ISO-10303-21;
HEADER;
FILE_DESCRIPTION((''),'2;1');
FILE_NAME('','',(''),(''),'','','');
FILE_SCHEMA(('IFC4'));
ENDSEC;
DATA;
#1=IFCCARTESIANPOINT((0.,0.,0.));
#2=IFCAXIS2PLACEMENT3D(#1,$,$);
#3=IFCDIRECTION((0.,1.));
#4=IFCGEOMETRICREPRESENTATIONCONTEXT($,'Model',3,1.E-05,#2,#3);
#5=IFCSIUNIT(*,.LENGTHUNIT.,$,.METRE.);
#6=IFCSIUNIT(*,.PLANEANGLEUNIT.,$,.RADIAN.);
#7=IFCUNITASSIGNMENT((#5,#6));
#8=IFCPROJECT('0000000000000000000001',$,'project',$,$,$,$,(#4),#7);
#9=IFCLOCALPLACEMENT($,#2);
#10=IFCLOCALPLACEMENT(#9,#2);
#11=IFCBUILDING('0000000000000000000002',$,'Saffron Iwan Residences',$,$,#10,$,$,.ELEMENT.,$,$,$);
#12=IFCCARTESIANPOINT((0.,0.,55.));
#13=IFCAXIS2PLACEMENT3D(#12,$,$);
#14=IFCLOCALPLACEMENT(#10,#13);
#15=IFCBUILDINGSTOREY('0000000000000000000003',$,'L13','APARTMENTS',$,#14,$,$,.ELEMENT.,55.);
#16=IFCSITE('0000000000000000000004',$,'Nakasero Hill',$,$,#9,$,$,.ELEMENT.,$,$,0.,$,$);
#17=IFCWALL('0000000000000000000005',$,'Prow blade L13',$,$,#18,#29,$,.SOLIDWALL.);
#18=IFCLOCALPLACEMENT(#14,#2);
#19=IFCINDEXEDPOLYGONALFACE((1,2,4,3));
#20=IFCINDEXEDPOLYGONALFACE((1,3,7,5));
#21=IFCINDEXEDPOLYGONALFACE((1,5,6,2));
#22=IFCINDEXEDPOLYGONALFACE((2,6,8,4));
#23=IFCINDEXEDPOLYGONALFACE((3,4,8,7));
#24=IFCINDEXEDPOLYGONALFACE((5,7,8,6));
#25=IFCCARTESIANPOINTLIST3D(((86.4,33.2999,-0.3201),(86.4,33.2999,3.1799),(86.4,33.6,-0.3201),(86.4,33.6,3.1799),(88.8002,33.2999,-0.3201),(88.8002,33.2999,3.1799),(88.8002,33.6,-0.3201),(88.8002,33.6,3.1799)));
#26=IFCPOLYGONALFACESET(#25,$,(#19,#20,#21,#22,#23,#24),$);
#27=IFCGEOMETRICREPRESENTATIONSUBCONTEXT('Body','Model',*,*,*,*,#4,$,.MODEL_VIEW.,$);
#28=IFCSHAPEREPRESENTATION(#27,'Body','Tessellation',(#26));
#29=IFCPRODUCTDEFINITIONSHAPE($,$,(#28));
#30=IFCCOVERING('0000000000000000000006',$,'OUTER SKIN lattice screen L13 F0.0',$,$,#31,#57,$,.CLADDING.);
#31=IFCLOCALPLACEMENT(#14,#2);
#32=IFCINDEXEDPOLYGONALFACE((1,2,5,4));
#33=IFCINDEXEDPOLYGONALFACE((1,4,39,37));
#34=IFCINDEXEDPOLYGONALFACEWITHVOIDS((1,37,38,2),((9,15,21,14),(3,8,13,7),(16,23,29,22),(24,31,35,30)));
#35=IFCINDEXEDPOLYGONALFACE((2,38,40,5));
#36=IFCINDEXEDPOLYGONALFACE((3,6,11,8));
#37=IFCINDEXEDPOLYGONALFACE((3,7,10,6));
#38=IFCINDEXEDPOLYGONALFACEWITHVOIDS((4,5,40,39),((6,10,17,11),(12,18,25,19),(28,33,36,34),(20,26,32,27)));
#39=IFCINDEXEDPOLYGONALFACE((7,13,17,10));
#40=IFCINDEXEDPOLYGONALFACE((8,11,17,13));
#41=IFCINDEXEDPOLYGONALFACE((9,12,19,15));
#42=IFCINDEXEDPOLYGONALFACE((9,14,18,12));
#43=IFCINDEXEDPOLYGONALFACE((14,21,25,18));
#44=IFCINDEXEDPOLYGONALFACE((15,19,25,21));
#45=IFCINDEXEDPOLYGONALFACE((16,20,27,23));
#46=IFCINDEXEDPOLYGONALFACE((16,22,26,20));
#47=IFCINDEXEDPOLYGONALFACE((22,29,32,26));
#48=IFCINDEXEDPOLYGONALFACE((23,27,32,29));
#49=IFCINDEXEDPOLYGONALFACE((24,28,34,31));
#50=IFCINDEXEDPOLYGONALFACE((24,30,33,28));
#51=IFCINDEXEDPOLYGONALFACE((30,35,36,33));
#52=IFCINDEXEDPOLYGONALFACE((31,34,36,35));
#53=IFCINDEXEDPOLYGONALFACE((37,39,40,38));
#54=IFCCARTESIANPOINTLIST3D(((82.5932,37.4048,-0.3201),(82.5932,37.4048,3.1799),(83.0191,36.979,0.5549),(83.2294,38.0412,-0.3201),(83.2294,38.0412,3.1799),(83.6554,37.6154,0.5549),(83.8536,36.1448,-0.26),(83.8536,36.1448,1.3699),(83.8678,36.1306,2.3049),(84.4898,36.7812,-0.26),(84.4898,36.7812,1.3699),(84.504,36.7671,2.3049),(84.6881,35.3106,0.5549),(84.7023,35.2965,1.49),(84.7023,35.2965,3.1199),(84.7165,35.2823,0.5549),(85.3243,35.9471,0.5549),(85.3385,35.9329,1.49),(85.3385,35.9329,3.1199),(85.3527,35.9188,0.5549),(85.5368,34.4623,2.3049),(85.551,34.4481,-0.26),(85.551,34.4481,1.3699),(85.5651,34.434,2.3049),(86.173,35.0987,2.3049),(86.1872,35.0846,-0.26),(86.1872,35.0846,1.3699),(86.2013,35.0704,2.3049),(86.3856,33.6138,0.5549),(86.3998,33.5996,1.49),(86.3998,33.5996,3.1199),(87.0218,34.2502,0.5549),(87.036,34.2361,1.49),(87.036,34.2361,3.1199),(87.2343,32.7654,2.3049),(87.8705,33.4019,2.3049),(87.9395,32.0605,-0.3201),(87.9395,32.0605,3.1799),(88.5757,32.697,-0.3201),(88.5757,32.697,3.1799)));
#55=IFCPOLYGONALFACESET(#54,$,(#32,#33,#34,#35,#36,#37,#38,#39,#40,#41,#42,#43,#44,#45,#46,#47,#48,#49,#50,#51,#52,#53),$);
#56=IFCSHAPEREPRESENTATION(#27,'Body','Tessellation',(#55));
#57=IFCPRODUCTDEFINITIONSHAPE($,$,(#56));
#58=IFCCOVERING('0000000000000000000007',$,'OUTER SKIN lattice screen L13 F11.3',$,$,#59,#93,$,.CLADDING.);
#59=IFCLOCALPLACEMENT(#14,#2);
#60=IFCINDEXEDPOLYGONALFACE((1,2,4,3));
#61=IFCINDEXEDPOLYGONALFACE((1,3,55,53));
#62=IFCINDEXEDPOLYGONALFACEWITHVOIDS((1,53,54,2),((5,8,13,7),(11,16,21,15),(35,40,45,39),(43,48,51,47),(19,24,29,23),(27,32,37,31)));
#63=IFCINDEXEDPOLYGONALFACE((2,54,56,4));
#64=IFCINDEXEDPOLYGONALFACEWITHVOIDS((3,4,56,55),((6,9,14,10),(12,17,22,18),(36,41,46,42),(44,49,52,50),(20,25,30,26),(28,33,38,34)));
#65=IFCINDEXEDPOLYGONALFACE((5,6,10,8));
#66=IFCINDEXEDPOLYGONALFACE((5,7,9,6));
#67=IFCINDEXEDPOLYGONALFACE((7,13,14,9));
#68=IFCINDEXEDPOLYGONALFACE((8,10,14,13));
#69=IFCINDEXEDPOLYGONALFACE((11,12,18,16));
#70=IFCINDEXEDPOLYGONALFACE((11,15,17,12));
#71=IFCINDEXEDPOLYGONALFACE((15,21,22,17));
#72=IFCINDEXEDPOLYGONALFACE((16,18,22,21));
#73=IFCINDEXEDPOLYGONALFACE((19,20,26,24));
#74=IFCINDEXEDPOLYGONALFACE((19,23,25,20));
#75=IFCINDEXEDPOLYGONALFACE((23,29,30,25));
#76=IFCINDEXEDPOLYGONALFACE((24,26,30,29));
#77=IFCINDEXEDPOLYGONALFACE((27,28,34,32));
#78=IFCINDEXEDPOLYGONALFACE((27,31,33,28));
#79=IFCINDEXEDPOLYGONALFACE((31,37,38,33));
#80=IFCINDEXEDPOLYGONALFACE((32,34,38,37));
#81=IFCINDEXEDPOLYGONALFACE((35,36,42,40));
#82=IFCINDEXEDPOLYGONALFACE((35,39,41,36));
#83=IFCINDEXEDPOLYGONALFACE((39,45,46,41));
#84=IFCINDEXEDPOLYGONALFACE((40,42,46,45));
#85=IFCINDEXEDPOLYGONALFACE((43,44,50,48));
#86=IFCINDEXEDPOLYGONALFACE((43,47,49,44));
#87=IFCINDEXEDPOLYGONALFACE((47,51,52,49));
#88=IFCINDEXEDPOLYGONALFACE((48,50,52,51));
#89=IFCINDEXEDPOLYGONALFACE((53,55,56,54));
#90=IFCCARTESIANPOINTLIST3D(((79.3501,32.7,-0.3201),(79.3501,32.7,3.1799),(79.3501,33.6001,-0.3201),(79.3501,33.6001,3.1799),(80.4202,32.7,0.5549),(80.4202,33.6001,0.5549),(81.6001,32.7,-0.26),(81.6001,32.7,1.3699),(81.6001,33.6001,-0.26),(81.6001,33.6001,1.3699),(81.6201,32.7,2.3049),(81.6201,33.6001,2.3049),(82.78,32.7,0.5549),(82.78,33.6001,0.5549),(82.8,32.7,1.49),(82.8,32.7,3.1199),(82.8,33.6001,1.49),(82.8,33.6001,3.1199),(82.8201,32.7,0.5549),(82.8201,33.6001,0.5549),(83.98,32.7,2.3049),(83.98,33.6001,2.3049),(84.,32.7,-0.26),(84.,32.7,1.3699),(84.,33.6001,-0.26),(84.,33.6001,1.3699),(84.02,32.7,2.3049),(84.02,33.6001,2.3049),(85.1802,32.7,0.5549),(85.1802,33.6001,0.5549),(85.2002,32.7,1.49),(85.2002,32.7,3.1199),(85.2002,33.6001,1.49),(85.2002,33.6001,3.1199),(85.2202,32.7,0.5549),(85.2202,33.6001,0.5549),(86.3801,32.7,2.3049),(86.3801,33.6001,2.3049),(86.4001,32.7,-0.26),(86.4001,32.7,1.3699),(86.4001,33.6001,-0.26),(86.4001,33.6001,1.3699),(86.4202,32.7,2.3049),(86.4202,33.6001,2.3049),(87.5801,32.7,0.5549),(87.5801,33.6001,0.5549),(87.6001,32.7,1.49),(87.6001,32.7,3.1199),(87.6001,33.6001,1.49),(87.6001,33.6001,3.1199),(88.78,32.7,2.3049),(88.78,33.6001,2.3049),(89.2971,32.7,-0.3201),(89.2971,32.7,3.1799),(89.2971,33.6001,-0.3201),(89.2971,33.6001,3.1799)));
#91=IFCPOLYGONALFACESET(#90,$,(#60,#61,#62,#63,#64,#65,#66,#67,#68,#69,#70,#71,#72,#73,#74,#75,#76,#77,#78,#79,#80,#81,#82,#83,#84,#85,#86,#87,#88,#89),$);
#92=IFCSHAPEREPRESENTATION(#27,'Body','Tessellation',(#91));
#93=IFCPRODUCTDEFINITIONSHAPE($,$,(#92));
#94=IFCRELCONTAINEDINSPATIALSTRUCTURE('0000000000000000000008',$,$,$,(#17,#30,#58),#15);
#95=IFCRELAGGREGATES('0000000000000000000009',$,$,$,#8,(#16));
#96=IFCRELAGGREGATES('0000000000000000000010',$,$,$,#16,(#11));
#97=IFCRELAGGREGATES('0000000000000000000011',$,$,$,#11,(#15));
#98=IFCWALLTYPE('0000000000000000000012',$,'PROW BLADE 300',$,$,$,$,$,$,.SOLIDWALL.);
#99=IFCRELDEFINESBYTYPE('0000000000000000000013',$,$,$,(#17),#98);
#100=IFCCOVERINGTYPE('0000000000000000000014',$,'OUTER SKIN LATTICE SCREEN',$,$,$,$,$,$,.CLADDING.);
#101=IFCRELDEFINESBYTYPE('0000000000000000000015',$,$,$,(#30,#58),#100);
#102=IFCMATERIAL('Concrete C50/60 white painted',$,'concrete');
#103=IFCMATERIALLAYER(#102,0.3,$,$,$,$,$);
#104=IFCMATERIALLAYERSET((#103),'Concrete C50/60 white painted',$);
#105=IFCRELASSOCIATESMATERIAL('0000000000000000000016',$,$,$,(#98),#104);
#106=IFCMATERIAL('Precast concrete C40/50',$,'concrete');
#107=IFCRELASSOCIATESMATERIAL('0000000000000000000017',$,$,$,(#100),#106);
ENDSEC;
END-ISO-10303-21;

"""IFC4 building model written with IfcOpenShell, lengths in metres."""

from ifc_helpers import new_model, si_unit, direction, frame, frame_2d, origin, place, context, subcontext, project, spatial, polyline, rectangle, outline, extrude, material, layer, layer_set, type_object, element, save


model = new_model("IFC4")

# Units and contexts
model_context = context("Model", 3, precision=1e-05, world=origin(), true_north=direction((0.0, 1.0)))
body_context = subcontext(model_context, "Body", "Model", "MODEL_VIEW")
ifc_project = project(units=[si_unit("LENGTHUNIT", "METRE"), si_unit("PLANEANGLEUNIT", "RADIAN")], contexts=[model_context])

# Site, building, storey
site_placement = place(None, origin())
site = spatial("IfcSite", under=ifc_project, at=site_placement, Name="Nakasero Hill", CompositionType="ELEMENT", RefElevation=0.0)
building_placement = place(site_placement, origin())
building = spatial("IfcBuilding", under=site, at=building_placement, Name="Saffron Iwan Residences", CompositionType="ELEMENT")
storey_placement = place(building_placement, frame((0.0, 0.0, 55.0)))
storey = spatial("IfcBuildingStorey", under=building, at=storey_placement, Name="L13", Description="APARTMENTS", CompositionType="ELEMENT", Elevation=55.0)

# Shared definitions
ifc_material_1 = material(Name="Concrete C50/60 white painted", Category="concrete")

# Wall
ifc_layer_1 = layer(ifc_material_1, 0.3)
ifc_layer_set_1 = layer_set([ifc_layer_1], Name="Concrete C50/60 white painted")
wall_type_1 = type_object("IfcWallType", Name="PROW BLADE 300", PredefinedType="SOLIDWALL", material=ifc_layer_set_1)
wall_1_placement = place(storey_placement, frame((86.3999, 33.45, -0.3201), z_axis=(0.0, 0.0, 1.0), x_axis=(1.0, 0.0, 0.0)))
element("IfcWall", 1, at=wall_1_placement, inside=storey, type_object=wall_type_1, Name="Prow blade L13", PredefinedType="SOLIDWALL", context=body_context, shape_type="SweptSolid", body=[
    extrude(rectangle(XDim=2.4001, YDim=0.3, at=frame_2d((1.2002, 0.0))), origin(), (0.0, 0.0, 1.0), 3.5),
])

# Coverings
ifc_material_2 = material(Name="Precast concrete C40/50", Category="concrete")
covering_type = type_object("IfcCoveringType", Name="OUTER SKIN LATTICE SCREEN", PredefinedType="CLADDING", material=ifc_material_2)
covering_1_placement = place(storey_placement, frame((87.9395, 32.0605, -0.3201), z_axis=(0.706971, 0.707242, 0.0), x_axis=(-0.707242, 0.706971, 0.0)))
element("IfcCovering", 2, at=covering_1_placement, inside=storey, type_object=covering_type, Name="OUTER SKIN lattice screen L13 F0.0", PredefinedType="CLADDING", context=body_context, shape_type="SweptSolid", body=[
    extrude(outline(polyline([(0.0, 0.0), (7.5593, 0.0), (7.5593, 3.5), (0.0, 3.5), (0.0, 0.0)]), holes=[polyline([(2.197, 0.875), (3.3772, 0.0601), (4.5571, 0.875), (3.3772, 1.6899), (2.197, 0.875)]), polyline([(4.5972, 0.875), (5.7771, 0.0601), (6.957, 0.875), (5.7771, 1.6899), (4.5972, 0.875)]), polyline([(0.9971, 2.625), (2.177, 1.8101), (3.3572, 2.625), (2.177, 3.4399), (0.9971, 2.625)]), polyline([(3.3972, 2.625), (4.5771, 1.8101), (5.7571, 2.625), (4.5771, 3.4399), (3.3972, 2.625)])]), origin(), (0.0, 0.0, 1.0), 0.8999),
])
covering_2_placement = place(storey_placement, frame((79.3501, 33.6001, -0.3201), z_axis=(0.0, -1.0, 0.0), x_axis=(1.0, 0.0, 0.0)))
element("IfcCovering", 3, at=covering_2_placement, inside=storey, type_object=covering_type, Name="OUTER SKIN lattice screen L13 F11.3", PredefinedType="CLADDING", context=body_context, shape_type="SweptSolid", body=[
    extrude(outline(polyline([(0.0, 0.0), (9.947, 0.0), (9.947, 3.5), (0.0, 3.5), (0.0, 0.0)]), holes=[polyline([(1.0701, 0.875), (2.25, 0.0601), (3.4299, 0.875), (2.25, 1.6899), (1.0701, 0.875)]), polyline([(3.47, 0.875), (4.6499, 0.0601), (5.8301, 0.875), (4.6499, 1.6899), (3.47, 0.875)]), polyline([(5.8701, 0.875), (7.05, 0.0601), (8.23, 0.875), (7.05, 1.6899), (5.8701, 0.875)]), polyline([(2.27, 2.625), (3.45, 1.8101), (4.6299, 2.625), (3.45, 3.4399), (2.27, 2.625)]), polyline([(4.6699, 2.625), (5.8501, 1.8101), (7.03, 2.625), (5.8501, 3.4399), (4.6699, 2.625)]), polyline([(7.0701, 2.625), (8.25, 1.8101), (9.4299, 2.625), (8.25, 3.4399), (7.0701, 2.625)])]), origin(), (0.0, 0.0, 1.0), 0.9001),
])

save(model, "model.ifc")
